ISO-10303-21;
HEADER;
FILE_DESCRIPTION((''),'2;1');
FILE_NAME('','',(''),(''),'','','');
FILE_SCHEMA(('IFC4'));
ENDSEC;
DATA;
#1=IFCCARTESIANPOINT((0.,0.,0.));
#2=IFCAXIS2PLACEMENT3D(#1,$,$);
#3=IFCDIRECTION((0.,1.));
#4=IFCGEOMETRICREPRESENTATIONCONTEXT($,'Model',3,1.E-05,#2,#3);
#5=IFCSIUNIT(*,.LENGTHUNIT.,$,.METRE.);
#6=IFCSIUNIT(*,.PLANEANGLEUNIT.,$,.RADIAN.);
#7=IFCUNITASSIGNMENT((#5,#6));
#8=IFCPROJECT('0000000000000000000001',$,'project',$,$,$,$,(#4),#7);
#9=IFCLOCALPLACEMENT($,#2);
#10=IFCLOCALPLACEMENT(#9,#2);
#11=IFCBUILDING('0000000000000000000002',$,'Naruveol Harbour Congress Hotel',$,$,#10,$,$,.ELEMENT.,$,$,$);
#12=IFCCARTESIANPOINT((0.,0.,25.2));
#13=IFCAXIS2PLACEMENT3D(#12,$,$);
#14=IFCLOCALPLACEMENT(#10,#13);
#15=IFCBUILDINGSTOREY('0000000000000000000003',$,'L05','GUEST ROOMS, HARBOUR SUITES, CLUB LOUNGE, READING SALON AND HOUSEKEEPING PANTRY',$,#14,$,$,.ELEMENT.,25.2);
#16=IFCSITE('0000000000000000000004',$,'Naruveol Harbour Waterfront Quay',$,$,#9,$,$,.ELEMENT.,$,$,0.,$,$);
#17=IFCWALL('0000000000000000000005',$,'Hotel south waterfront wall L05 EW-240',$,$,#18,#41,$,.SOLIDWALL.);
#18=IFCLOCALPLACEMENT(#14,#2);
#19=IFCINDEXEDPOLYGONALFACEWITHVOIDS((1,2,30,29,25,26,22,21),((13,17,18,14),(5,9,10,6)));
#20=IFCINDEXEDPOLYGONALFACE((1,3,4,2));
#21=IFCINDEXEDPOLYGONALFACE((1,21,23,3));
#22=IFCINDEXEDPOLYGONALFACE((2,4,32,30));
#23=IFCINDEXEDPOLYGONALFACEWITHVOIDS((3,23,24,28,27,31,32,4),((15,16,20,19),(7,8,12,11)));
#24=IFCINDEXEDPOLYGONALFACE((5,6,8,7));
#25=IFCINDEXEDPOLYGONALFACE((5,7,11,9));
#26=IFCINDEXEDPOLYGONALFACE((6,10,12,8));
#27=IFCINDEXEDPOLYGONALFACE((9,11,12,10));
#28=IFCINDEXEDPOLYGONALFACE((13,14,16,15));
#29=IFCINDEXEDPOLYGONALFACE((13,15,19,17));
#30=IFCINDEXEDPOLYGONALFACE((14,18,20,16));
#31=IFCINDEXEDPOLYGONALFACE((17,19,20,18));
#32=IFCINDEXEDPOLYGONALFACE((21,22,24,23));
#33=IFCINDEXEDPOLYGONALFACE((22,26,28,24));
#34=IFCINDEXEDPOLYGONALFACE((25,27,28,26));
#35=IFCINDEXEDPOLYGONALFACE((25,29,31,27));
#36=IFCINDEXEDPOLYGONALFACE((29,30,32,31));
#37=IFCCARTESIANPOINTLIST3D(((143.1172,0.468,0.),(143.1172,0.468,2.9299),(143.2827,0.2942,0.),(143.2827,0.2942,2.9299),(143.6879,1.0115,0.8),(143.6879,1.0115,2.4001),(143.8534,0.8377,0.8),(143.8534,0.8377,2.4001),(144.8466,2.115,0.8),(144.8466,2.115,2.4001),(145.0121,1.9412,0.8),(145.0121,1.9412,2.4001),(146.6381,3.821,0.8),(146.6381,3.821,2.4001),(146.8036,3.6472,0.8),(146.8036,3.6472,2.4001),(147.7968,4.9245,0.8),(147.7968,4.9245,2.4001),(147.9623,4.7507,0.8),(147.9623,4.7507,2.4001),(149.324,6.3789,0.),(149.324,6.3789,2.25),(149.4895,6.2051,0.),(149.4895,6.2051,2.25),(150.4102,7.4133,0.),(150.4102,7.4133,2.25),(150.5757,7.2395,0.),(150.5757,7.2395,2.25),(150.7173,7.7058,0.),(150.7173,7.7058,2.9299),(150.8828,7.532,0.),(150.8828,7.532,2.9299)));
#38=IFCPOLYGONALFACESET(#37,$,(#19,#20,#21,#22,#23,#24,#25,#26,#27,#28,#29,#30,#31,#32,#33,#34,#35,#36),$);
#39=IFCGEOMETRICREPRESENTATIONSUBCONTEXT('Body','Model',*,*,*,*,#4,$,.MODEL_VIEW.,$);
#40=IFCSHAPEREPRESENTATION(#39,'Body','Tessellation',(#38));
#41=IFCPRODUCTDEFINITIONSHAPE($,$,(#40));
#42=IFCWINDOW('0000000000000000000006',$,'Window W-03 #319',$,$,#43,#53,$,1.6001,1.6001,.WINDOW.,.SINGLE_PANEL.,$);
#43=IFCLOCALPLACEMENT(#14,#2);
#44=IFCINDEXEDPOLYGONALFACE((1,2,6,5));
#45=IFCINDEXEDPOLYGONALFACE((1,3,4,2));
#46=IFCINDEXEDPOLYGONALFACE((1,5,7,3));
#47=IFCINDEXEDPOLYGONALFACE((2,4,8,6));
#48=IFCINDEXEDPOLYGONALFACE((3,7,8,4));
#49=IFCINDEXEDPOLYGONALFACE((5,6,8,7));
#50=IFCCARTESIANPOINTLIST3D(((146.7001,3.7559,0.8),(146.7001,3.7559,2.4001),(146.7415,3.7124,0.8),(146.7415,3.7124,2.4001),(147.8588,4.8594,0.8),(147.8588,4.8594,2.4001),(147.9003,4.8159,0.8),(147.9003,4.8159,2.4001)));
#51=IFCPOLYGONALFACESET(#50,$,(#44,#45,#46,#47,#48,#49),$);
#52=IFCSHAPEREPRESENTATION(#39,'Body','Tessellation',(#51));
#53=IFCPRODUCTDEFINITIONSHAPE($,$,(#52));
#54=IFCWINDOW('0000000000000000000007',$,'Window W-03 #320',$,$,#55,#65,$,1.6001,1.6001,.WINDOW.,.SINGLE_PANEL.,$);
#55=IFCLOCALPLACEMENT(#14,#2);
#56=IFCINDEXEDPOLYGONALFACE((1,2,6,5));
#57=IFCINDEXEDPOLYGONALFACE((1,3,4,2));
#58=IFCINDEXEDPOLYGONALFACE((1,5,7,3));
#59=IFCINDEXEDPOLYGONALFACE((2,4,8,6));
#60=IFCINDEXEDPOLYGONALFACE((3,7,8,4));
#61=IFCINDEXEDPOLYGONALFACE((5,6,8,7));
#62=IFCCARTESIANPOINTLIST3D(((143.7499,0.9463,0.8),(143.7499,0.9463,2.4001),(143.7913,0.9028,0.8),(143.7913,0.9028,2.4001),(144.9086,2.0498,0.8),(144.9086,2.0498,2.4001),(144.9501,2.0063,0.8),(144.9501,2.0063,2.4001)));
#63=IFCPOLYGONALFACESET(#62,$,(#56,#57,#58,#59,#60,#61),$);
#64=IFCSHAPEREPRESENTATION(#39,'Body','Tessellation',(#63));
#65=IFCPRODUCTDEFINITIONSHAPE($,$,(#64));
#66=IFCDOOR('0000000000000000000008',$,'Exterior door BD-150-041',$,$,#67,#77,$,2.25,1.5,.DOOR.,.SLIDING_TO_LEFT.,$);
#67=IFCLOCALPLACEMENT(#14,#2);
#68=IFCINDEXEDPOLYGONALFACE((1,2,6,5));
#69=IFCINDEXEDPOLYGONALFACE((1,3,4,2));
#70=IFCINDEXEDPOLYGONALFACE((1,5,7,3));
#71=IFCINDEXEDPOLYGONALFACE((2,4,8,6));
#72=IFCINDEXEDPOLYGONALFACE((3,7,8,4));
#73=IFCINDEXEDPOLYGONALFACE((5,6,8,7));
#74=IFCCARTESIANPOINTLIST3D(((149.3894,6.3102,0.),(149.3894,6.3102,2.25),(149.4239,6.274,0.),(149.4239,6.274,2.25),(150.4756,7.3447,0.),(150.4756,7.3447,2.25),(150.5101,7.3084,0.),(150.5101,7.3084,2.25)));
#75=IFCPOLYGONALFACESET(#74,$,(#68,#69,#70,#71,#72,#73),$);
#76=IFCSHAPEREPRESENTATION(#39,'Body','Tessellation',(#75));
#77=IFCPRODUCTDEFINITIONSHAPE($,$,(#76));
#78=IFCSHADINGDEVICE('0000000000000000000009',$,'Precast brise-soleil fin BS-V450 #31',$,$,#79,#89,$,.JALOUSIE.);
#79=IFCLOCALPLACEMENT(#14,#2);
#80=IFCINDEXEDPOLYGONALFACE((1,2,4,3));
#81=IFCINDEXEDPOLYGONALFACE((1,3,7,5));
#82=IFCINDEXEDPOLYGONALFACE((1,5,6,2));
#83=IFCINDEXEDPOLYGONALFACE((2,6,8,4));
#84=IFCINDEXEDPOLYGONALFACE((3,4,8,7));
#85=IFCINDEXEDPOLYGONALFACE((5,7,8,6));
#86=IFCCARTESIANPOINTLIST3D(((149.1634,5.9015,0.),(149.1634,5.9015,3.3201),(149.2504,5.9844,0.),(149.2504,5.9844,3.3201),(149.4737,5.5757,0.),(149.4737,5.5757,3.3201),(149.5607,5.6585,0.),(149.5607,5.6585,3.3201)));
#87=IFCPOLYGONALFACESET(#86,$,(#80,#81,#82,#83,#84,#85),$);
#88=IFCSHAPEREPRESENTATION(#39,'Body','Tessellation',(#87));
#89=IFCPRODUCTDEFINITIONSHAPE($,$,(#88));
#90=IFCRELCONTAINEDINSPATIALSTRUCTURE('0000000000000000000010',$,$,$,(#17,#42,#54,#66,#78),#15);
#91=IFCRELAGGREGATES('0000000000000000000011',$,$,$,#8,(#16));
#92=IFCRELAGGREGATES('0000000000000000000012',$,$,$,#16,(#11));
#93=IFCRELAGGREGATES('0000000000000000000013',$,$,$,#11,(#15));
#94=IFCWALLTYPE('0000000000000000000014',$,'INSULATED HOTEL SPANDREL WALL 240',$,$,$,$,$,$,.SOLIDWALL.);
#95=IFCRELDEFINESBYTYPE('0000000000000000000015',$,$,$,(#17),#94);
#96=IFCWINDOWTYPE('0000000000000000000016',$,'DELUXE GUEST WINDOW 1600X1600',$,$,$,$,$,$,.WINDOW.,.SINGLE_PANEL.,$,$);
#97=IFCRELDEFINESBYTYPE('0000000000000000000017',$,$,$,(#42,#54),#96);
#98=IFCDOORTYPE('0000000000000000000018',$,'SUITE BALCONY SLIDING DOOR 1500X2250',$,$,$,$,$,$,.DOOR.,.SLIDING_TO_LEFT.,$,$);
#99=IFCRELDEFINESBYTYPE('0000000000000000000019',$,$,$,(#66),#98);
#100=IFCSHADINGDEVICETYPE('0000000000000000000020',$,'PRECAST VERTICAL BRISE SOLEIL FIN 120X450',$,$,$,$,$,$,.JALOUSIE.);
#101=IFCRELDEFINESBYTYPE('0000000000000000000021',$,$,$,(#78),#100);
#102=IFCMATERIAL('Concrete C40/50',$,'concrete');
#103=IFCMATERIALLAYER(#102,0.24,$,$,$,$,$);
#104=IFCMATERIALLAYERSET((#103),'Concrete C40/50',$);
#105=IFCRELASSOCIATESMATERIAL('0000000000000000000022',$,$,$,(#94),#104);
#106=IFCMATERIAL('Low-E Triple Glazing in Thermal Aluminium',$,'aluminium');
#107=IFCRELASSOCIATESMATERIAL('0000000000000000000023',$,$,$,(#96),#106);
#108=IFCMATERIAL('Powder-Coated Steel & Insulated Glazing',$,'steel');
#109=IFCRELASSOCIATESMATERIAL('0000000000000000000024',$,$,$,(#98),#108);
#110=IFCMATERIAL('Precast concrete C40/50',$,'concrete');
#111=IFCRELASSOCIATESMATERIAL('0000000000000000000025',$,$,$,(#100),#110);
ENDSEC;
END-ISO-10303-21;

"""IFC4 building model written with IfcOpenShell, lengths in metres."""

from ifc_helpers import new_model, si_unit, direction, frame, frame_2d, origin, origin_2d, place, context, subcontext, project, spatial, rectangle, extrude, material, layer, layer_set, type_object, element, fill, save


model = new_model("IFC4")

# Units and contexts
model_context = context("Model", 3, precision=1e-05, world=origin(), true_north=direction((0.0, 1.0)))
body_context = subcontext(model_context, "Body", "Model", "MODEL_VIEW")
ifc_project = project(units=[si_unit("LENGTHUNIT", "METRE"), si_unit("PLANEANGLEUNIT", "RADIAN")], contexts=[model_context])

# Site, building, storey
site_placement = place(None, origin())
site = spatial("IfcSite", under=ifc_project, at=site_placement, Name="Naruveol Harbour Waterfront Quay", CompositionType="ELEMENT", RefElevation=0.0)
building_placement = place(site_placement, origin())
building = spatial("IfcBuilding", under=site, at=building_placement, Name="Naruveol Harbour Congress Hotel", CompositionType="ELEMENT")
storey_placement = place(building_placement, frame((0.0, 0.0, 25.2)))
storey = spatial("IfcBuildingStorey", under=building, at=storey_placement, Name="L05", Description="GUEST ROOMS, HARBOUR SUITES, CLUB LOUNGE, READING SALON AND HOUSEKEEPING PANTRY", CompositionType="ELEMENT", Elevation=25.2)

# Wall, openings, windows, door
ifc_material_1 = material(Name="Concrete C40/50", Category="concrete")
ifc_layer_1 = layer(ifc_material_1, 0.24)
ifc_layer_set_1 = layer_set([ifc_layer_1], Name="Concrete C40/50")
wall_type_1 = type_object("IfcWallType", Name="INSULATED HOTEL SPANDREL WALL 240", PredefinedType="SOLIDWALL", material=ifc_layer_set_1)
wall_1_placement = place(storey_placement, frame((150.8, 7.6189, 0.0), z_axis=(0.0, 0.0, 1.0), x_axis=(-0.724157, -0.689635, 0.0)))
wall_1 = element("IfcWall", 1, at=wall_1_placement, inside=storey, type_object=wall_type_1, Name="Hotel south waterfront wall L05 EW-240", PredefinedType="SOLIDWALL", context=body_context, shape_type="SweptSolid", body=[
    extrude(rectangle(XDim=10.4951, YDim=0.24, at=frame_2d((5.2476, 0.0))), origin(), (0.0, 0.0, 1.0), 2.9299),
])
opening_1_placement = place(wall_1_placement, frame((0.4241, 0.0, 0.0)))
opening_1 = element("IfcOpeningElement", 2, at=opening_1_placement, cuts=wall_1, PredefinedType="OPENING", context=body_context, shape_type="SweptSolid", body=[
    extrude(rectangle(XDim=1.5, YDim=2.25, at=frame_2d((0.75, 1.125))), frame((0.0, 0.1299, 0.0), z_axis=(0.0, -1.0, 0.0), x_axis=(1.0, 0.0, 0.0)), (0.0, 0.0, 1.0), 0.26),
])
opening_2_placement = place(wall_1_placement, frame((4.033, 0.0, 0.8)))
opening_2 = element("IfcOpeningElement", 3, at=opening_2_placement, cuts=wall_1, PredefinedType="OPENING", context=body_context, shape_type="SweptSolid", body=[
    extrude(rectangle(XDim=1.6001, YDim=1.6001, at=frame_2d((0.8, 0.8))), frame((0.0, 0.1299, 0.0), z_axis=(0.0, -1.0, 0.0), x_axis=(1.0, 0.0, 0.0)), (0.0, 0.0, 1.0), 0.26),
])
opening_3_placement = place(wall_1_placement, frame((8.1069, 0.0, 0.8)))
opening_3 = element("IfcOpeningElement", 4, at=opening_3_placement, cuts=wall_1, PredefinedType="OPENING", context=body_context, shape_type="SweptSolid", body=[
    extrude(rectangle(XDim=1.6001, YDim=1.6001, at=frame_2d((0.8, 0.8))), frame((0.0, 0.1299, 0.0), z_axis=(0.0, -1.0, 0.0), x_axis=(1.0, 0.0, 0.0)), (0.0, 0.0, 1.0), 0.26),
])
ifc_material_2 = material(Name="Low-E Triple Glazing in Thermal Aluminium", Category="aluminium")
window_type = type_object("IfcWindowType", Name="DELUXE GUEST WINDOW 1600X1600", PartitioningType="SINGLE_PANEL", PredefinedType="WINDOW", material=ifc_material_2)
window_1_placement = place(opening_2_placement, origin())
window_1 = element("IfcWindow", 5, at=window_1_placement, inside=storey, type_object=window_type, Name="Window W-03 #319", OverallHeight=1.6001, OverallWidth=1.6001, PartitioningType="SINGLE_PANEL", PredefinedType="WINDOW", context=body_context, shape_type="SweptSolid", body=[
    extrude(rectangle(XDim=1.6001, YDim=1.6001, at=frame_2d((0.8, 0.8))), frame((0.0, 0.03, 0.0), z_axis=(0.0, -1.0, 0.0), x_axis=(1.0, 0.0, 0.0)), (0.0, 0.0, 1.0), 0.0601),
])
fill(opening_2, window_1)
window_2_placement = place(opening_3_placement, origin())
window_2 = element("IfcWindow", 6, at=window_2_placement, inside=storey, type_object=window_type, Name="Window W-03 #320", OverallHeight=1.6001, OverallWidth=1.6001, PartitioningType="SINGLE_PANEL", PredefinedType="WINDOW", context=body_context, shape_type="SweptSolid", body=[
    extrude(rectangle(XDim=1.6001, YDim=1.6001, at=frame_2d((0.8, 0.8))), frame((0.0, 0.03, 0.0), z_axis=(0.0, -1.0, 0.0), x_axis=(1.0, 0.0, 0.0)), (0.0, 0.0, 1.0), 0.0601),
])
fill(opening_3, window_2)
ifc_material_3 = material(Name="Powder-Coated Steel & Insulated Glazing", Category="steel")
door_type_1 = type_object("IfcDoorType", Name="SUITE BALCONY SLIDING DOOR 1500X2250", OperationType="SLIDING_TO_LEFT", PredefinedType="DOOR", material=ifc_material_3)
door_1_placement = place(opening_1_placement, origin())
door_1 = element("IfcDoor", 7, at=door_1_placement, inside=storey, type_object=door_type_1, Name="Exterior door BD-150-041", OperationType="SLIDING_TO_LEFT", OverallHeight=2.25, OverallWidth=1.5, PredefinedType="DOOR", context=body_context, shape_type="SweptSolid", body=[
    extrude(rectangle(XDim=1.5, YDim=2.25, at=frame_2d((0.75, 1.125))), frame((0.0, 0.0249, 0.0), z_axis=(0.0, -1.0, 0.0), x_axis=(1.0, 0.0, 0.0)), (0.0, 0.0, 1.0), 0.05),
])
fill(opening_1, door_1)

# Shading device
ifc_material_4 = material(Name="Precast concrete C40/50", Category="concrete")
shading_device_type = type_object("IfcShadingDeviceType", Name="PRECAST VERTICAL BRISE SOLEIL FIN 120X450", PredefinedType="JALOUSIE", material=ifc_material_4)
shading_device_placement = place(storey_placement, frame((149.3621, 5.78, 0.0), z_axis=(0.0, 0.0, 1.0), x_axis=(-0.724172, -0.68962, 0.0)))
element("IfcShadingDevice", 8, at=shading_device_placement, inside=storey, type_object=shading_device_type, Name="Precast brise-soleil fin BS-V450 #31", PredefinedType="JALOUSIE", context=body_context, shape_type="SweptSolid", body=[
    extrude(rectangle(XDim=0.1201, YDim=0.45, at=origin_2d()), origin(), (0.0, 0.0, 1.0), 3.3201),
])

save(model, "model.ifc")
